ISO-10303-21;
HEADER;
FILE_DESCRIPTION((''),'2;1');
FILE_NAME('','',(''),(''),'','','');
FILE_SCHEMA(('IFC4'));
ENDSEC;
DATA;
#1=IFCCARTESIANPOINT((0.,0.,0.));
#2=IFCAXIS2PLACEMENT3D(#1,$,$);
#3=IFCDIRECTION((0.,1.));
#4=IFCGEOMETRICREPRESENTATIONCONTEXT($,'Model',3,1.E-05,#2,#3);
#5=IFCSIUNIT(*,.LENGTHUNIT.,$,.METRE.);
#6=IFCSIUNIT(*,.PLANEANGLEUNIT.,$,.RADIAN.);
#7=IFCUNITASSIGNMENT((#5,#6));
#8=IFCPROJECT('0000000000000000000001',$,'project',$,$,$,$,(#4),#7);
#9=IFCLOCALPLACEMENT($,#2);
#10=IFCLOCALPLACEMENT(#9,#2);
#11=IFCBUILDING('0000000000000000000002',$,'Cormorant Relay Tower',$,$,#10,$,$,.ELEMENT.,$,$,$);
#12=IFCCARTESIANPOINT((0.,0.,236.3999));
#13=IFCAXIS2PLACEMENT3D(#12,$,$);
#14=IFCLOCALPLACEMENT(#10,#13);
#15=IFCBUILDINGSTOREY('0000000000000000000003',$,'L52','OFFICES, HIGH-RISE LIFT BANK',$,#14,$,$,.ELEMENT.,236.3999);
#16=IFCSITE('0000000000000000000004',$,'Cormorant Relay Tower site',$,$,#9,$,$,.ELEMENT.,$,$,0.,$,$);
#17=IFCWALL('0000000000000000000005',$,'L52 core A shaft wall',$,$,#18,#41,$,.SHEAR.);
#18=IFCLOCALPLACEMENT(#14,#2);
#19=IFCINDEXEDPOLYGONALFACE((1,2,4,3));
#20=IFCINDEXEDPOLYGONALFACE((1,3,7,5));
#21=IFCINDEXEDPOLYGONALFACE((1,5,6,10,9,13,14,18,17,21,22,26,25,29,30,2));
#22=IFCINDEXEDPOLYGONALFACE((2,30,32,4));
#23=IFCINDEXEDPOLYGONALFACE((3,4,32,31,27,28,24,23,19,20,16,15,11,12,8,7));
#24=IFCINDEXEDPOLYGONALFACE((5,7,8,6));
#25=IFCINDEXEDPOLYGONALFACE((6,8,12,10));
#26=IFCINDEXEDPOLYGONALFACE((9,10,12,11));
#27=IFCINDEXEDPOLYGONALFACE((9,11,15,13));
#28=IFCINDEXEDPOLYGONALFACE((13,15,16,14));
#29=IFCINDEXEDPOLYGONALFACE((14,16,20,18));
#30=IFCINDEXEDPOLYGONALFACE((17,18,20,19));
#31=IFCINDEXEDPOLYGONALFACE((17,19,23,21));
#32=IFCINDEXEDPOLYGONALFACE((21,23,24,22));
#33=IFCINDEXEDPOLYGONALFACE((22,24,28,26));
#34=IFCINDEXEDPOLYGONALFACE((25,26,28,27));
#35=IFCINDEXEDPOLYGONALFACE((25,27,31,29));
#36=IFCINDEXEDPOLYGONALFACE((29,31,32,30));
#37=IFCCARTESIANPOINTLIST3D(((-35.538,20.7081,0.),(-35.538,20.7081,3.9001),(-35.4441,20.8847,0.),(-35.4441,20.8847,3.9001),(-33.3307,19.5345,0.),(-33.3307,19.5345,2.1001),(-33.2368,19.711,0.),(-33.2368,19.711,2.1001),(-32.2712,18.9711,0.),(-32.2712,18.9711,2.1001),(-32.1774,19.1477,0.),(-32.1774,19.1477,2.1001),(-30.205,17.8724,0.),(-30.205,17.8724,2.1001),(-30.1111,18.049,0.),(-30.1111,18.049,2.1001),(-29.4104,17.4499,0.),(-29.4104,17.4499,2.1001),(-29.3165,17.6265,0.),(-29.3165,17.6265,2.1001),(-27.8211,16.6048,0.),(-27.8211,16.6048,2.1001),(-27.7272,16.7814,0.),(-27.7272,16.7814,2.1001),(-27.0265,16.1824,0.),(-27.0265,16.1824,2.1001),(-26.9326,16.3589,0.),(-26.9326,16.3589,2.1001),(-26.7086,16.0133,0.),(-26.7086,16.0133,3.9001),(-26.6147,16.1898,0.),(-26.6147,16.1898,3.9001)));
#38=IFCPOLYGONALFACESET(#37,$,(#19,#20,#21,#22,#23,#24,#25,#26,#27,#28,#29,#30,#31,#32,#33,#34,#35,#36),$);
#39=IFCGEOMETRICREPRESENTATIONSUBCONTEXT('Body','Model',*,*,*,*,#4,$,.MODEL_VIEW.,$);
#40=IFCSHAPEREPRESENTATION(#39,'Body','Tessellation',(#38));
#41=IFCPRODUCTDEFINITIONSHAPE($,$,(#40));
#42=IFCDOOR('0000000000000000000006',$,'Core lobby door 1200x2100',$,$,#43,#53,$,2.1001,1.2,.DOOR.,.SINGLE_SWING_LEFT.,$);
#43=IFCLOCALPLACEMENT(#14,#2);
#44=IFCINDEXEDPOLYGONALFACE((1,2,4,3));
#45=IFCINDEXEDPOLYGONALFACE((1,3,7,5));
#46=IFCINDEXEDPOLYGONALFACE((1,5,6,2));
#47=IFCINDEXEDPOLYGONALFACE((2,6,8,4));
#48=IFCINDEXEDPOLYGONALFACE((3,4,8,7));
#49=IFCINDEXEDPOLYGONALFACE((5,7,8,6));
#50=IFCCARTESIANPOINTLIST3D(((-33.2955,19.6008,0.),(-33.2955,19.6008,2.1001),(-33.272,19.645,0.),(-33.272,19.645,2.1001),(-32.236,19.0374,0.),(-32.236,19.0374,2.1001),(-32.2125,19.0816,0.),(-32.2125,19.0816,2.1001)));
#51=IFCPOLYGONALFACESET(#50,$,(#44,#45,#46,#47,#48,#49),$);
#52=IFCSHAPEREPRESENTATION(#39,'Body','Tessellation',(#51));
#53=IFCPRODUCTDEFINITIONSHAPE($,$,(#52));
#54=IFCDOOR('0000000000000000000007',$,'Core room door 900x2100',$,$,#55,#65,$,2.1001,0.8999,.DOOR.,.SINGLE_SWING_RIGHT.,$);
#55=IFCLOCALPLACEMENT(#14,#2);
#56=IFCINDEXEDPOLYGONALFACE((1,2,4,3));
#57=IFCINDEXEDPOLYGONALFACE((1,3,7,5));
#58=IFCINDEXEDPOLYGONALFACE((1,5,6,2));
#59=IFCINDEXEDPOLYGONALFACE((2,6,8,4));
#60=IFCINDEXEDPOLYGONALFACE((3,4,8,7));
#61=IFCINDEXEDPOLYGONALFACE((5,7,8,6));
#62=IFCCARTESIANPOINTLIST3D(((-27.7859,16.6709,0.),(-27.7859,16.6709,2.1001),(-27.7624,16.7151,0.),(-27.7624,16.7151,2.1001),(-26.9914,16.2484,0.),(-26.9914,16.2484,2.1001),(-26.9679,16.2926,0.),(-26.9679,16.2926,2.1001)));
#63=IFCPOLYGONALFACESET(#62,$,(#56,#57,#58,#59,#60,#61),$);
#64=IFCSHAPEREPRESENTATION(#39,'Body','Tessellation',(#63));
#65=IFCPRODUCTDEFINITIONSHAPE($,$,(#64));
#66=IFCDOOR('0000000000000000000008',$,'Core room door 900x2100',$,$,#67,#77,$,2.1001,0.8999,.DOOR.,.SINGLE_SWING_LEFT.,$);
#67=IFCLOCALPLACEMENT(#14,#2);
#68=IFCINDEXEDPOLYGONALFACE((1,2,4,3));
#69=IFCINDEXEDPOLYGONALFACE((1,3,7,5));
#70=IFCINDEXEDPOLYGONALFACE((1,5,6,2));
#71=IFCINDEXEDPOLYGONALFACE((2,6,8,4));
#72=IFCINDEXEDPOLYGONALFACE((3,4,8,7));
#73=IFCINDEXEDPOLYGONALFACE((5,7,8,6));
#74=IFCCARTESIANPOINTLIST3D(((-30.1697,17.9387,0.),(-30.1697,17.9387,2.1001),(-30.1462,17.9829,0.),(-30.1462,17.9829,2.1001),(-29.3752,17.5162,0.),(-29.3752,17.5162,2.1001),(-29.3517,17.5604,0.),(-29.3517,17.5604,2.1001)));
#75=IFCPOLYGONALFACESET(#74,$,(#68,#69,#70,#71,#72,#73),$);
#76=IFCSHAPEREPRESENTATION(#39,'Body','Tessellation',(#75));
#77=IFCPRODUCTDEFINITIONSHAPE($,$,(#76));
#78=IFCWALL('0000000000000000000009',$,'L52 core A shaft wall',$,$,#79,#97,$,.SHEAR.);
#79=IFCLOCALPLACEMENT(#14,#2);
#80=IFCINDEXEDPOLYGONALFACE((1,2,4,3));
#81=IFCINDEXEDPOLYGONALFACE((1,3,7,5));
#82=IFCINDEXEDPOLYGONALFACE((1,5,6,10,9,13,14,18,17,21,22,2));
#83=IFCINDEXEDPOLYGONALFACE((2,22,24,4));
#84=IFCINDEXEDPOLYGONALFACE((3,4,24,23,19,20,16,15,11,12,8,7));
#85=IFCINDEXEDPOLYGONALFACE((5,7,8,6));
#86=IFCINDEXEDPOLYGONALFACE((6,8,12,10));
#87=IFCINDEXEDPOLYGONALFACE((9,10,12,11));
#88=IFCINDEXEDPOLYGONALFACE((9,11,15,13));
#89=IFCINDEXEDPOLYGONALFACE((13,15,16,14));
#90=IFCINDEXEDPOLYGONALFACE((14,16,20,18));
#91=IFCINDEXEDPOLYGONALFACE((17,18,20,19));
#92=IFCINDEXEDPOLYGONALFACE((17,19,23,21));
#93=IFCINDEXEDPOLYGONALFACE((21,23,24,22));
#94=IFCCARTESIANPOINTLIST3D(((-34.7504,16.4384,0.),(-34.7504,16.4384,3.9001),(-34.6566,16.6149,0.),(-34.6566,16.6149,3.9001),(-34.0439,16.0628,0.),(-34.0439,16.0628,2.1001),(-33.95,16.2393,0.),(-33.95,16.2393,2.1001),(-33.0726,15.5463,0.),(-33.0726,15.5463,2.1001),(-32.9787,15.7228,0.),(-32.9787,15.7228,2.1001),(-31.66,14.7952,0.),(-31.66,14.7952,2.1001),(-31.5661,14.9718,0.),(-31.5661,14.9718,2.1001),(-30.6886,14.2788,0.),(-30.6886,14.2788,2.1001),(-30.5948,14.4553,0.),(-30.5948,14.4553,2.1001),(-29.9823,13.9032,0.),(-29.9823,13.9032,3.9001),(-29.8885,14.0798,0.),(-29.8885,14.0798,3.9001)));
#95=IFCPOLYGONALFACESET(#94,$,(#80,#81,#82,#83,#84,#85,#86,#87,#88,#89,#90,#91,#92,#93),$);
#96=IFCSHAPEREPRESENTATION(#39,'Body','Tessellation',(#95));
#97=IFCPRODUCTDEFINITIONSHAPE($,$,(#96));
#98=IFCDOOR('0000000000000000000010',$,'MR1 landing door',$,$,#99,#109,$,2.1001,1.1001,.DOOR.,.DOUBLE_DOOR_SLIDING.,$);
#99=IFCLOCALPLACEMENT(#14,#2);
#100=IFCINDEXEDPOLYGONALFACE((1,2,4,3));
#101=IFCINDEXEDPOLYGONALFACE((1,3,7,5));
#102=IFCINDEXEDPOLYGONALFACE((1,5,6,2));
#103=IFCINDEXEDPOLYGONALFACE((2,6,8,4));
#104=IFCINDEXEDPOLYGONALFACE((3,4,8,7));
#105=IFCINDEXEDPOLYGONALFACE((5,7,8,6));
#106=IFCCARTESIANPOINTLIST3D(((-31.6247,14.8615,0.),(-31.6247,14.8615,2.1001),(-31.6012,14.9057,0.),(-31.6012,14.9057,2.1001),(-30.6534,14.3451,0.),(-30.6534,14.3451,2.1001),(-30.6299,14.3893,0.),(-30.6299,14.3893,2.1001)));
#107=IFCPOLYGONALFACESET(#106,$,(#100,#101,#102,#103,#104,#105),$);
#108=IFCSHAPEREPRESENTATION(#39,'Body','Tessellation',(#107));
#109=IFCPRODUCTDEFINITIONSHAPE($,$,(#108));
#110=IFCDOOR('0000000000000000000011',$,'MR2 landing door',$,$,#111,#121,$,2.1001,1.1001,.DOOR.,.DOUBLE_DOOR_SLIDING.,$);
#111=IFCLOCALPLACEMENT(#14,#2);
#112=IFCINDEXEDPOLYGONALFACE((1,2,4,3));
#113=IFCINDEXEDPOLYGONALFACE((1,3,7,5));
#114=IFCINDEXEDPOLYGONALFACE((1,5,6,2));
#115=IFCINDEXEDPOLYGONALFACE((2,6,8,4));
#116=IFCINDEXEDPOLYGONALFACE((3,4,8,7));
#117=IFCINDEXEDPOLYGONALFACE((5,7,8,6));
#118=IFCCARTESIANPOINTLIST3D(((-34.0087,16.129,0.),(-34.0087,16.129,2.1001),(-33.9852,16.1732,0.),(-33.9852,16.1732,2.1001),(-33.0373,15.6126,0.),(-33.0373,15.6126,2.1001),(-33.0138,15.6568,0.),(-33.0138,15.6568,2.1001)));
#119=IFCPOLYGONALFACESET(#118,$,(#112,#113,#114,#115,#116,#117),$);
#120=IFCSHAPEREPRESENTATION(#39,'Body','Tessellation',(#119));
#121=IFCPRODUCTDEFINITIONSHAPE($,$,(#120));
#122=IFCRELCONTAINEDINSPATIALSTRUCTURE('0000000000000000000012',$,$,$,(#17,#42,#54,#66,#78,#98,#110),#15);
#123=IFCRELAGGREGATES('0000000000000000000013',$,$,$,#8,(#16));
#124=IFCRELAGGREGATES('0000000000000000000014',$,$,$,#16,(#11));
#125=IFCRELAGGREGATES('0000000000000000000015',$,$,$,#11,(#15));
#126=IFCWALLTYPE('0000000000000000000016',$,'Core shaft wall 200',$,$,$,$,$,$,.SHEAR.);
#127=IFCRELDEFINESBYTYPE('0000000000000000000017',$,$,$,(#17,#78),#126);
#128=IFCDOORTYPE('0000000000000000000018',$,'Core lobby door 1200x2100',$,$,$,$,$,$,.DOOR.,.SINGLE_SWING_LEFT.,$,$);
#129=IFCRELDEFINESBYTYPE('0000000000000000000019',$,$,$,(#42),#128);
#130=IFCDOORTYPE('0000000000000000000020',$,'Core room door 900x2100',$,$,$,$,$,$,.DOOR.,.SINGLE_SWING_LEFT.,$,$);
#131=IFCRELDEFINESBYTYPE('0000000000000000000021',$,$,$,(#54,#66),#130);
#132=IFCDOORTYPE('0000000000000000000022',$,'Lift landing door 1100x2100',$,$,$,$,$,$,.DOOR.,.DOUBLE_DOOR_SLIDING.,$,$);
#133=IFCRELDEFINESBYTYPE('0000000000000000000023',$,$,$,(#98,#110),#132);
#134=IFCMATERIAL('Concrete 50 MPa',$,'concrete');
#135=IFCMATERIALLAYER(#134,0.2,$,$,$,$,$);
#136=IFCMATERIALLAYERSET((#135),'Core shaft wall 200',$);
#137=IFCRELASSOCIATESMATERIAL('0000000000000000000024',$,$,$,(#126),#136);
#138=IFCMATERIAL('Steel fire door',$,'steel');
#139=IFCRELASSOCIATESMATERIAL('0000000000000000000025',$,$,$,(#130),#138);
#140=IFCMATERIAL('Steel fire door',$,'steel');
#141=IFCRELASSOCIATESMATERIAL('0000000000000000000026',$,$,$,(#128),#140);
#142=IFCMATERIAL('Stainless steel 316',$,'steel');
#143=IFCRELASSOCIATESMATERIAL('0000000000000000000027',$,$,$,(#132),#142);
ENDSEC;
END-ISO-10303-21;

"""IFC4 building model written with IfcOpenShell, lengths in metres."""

from ifc_helpers import new_model, si_unit, direction, frame, frame_2d, origin, place, context, subcontext, project, spatial, rectangle, extrude, material, layer, layer_set, type_object, element, fill, save


model = new_model("IFC4")

# Units and contexts
model_context = context("Model", 3, precision=1e-05, world=origin(), true_north=direction((0.0, 1.0)))
body_context = subcontext(model_context, "Body", "Model", "MODEL_VIEW")
ifc_project = project(units=[si_unit("LENGTHUNIT", "METRE"), si_unit("PLANEANGLEUNIT", "RADIAN")], contexts=[model_context])

# Site, building, storey
site_placement = place(None, origin())
site = spatial("IfcSite", under=ifc_project, at=site_placement, Name="Cormorant Relay Tower site", CompositionType="ELEMENT", RefElevation=0.0)
building_placement = place(site_placement, origin())
building = spatial("IfcBuilding", under=site, at=building_placement, Name="Cormorant Relay Tower", CompositionType="ELEMENT")
storey_placement = place(building_placement, frame((0.0, 0.0, 236.3999)))
storey = spatial("IfcBuildingStorey", under=building, at=storey_placement, Name="L52", Description="OFFICES, HIGH-RISE LIFT BANK", CompositionType="ELEMENT", Elevation=236.3999)

# Shared definitions
ifc_material_1 = material(Name="Concrete 50 MPa", Category="concrete")
ifc_layer_1 = layer(ifc_material_1, 0.2)
ifc_layer_set_1 = layer_set([ifc_layer_1], Name="Core shaft wall 200")
wall_type_1 = type_object("IfcWallType", Name="Core shaft wall 200", PredefinedType="SHEAR", material=ifc_layer_set_1)
ifc_material_2 = material(Name="Steel fire door", Category="steel")
door_type_1 = type_object("IfcDoorType", Name="Core room door 900x2100", OperationType="SINGLE_SWING_LEFT", PredefinedType="DOOR", material=ifc_material_2)

# Walls, openings, doors
wall_1_placement = place(storey_placement, frame((-26.6616, 16.1016, 0.0), z_axis=(0.0, 0.0, 1.0), x_axis=(-0.88294, 0.469485, 0.0)))
wall_1 = element("IfcWall", 1, at=wall_1_placement, inside=storey, type_object=wall_type_1, Name="L52 core A shaft wall", PredefinedType="SHEAR", context=body_context, shape_type="SweptSolid", body=[
    extrude(rectangle(XDim=10.0, YDim=0.2, at=frame_2d((5.0, 0.0))), origin(), (0.0, 0.0, 1.0), 3.9001),
])
opening_1_placement = place(wall_1_placement, frame((6.3, 0.0, 0.0)))
opening_1 = element("IfcOpeningElement", 2, at=opening_1_placement, cuts=wall_1, PredefinedType="OPENING", context=body_context, shape_type="SweptSolid", body=[
    extrude(rectangle(XDim=1.2, YDim=2.1001, at=frame_2d((0.6001, 1.05))), frame((0.0, 0.1099, 0.0), z_axis=(0.0, -1.0, 0.0), x_axis=(1.0, 0.0, 0.0)), (0.0, 0.0, 1.0), 0.22),
])
opening_2_placement = place(wall_1_placement, frame((0.3601, 0.0, 0.0)))
opening_2 = element("IfcOpeningElement", 3, at=opening_2_placement, cuts=wall_1, PredefinedType="OPENING", context=body_context, shape_type="SweptSolid", body=[
    extrude(rectangle(XDim=0.8999, YDim=2.1001, at=frame_2d((0.45, 1.05))), frame((0.0, 0.1099, 0.0), z_axis=(0.0, -1.0, 0.0), x_axis=(1.0, 0.0, 0.0)), (0.0, 0.0, 1.0), 0.22),
])
opening_3_placement = place(wall_1_placement, frame((3.0601, 0.0, 0.0)))
opening_3 = element("IfcOpeningElement", 4, at=opening_3_placement, cuts=wall_1, PredefinedType="OPENING", context=body_context, shape_type="SweptSolid", body=[
    extrude(rectangle(XDim=0.8999, YDim=2.1001, at=frame_2d((0.45, 1.05))), frame((0.0, 0.1099, 0.0), z_axis=(0.0, -1.0, 0.0), x_axis=(1.0, 0.0, 0.0)), (0.0, 0.0, 1.0), 0.22),
])
ifc_material_3 = material(Name="Steel fire door", Category="steel")
door_type_2 = type_object("IfcDoorType", Name="Core lobby door 1200x2100", OperationType="SINGLE_SWING_LEFT", PredefinedType="DOOR", material=ifc_material_3)
door_1_placement = place(opening_1_placement, origin())
door_1 = element("IfcDoor", 5, at=door_1_placement, inside=storey, type_object=door_type_2, Name="Core lobby door 1200x2100", OperationType="SINGLE_SWING_LEFT", OverallHeight=2.1001, OverallWidth=1.2, PredefinedType="DOOR", context=body_context, shape_type="SweptSolid", body=[
    extrude(rectangle(XDim=1.2, YDim=2.1001, at=frame_2d((0.6001, 1.05))), frame((0.0, 0.0249, 0.0), z_axis=(0.0, -1.0, 0.0), x_axis=(1.0, 0.0, 0.0)), (0.0, 0.0, 1.0), 0.05),
])
fill(opening_1, door_1)
door_2_placement = place(opening_2_placement, frame((0.8999, 0.0, 0.0), z_axis=(0.0, 0.0, 1.0), x_axis=(-1.0, 0.0, 0.0)))
door_2 = element("IfcDoor", 6, at=door_2_placement, inside=storey, type_object=door_type_1, Name="Core room door 900x2100", OperationType="SINGLE_SWING_RIGHT", OverallHeight=2.1001, OverallWidth=0.8999, PredefinedType="DOOR", context=body_context, shape_type="SweptSolid", body=[
    extrude(rectangle(XDim=0.8999, YDim=2.1001, at=frame_2d((0.45, 1.05))), frame((0.0, 0.0249, 0.0), z_axis=(0.0, -1.0, 0.0), x_axis=(1.0, 0.0, 0.0)), (0.0, 0.0, 1.0), 0.05),
])
fill(opening_2, door_2)
door_3_placement = place(opening_3_placement, origin())
door_3 = element("IfcDoor", 7, at=door_3_placement, inside=storey, type_object=door_type_1, Name="Core room door 900x2100", OperationType="SINGLE_SWING_LEFT", OverallHeight=2.1001, OverallWidth=0.8999, PredefinedType="DOOR", context=body_context, shape_type="SweptSolid", body=[
    extrude(rectangle(XDim=0.8999, YDim=2.1001, at=frame_2d((0.45, 1.05))), frame((0.0, 0.0249, 0.0), z_axis=(0.0, -1.0, 0.0), x_axis=(1.0, 0.0, 0.0)), (0.0, 0.0, 1.0), 0.05),
])
fill(opening_3, door_3)
wall_2_placement = place(storey_placement, frame((-29.9353, 13.9915, 0.0), z_axis=(0.0, 0.0, 1.0), x_axis=(-0.882953, 0.469462, 0.0)))
wall_2 = element("IfcWall", 8, at=wall_2_placement, inside=storey, type_object=wall_type_1, Name="L52 core A shaft wall", PredefinedType="SHEAR", context=body_context, shape_type="SweptSolid", body=[
    extrude(rectangle(XDim=5.4001, YDim=0.2, at=frame_2d((2.7002, 0.0))), origin(), (0.0, 0.0, 1.0), 3.9001),
])
opening_4_placement = place(wall_2_placement, frame((0.8, 0.0, 0.0)))
opening_4 = element("IfcOpeningElement", 9, at=opening_4_placement, cuts=wall_2, PredefinedType="OPENING", context=body_context, shape_type="SweptSolid", body=[
    extrude(rectangle(XDim=1.1001, YDim=2.1001, at=frame_2d((0.55, 1.05))), frame((0.0, 0.1099, 0.0), z_axis=(0.0, -1.0, 0.0), x_axis=(1.0, 0.0, 0.0)), (0.0, 0.0, 1.0), 0.22),
])
opening_5_placement = place(wall_2_placement, frame((3.5, 0.0, 0.0)))
opening_5 = element("IfcOpeningElement", 10, at=opening_5_placement, cuts=wall_2, PredefinedType="OPENING", context=body_context, shape_type="SweptSolid", body=[
    extrude(rectangle(XDim=1.1001, YDim=2.1001, at=frame_2d((0.55, 1.05))), frame((0.0, 0.1099, 0.0), z_axis=(0.0, -1.0, 0.0), x_axis=(1.0, 0.0, 0.0)), (0.0, 0.0, 1.0), 0.22),
])
ifc_material_4 = material(Name="Stainless steel 316", Category="steel")
door_type_3 = type_object("IfcDoorType", Name="Lift landing door 1100x2100", OperationType="DOUBLE_DOOR_SLIDING", PredefinedType="DOOR", material=ifc_material_4)
door_4_placement = place(opening_4_placement, origin())
door_4 = element("IfcDoor", 11, at=door_4_placement, inside=storey, type_object=door_type_3, Name="MR1 landing door", OperationType="DOUBLE_DOOR_SLIDING", OverallHeight=2.1001, OverallWidth=1.1001, PredefinedType="DOOR", context=body_context, shape_type="SweptSolid", body=[
    extrude(rectangle(XDim=1.1001, YDim=2.1001, at=frame_2d((0.55, 1.05))), frame((0.0, 0.0249, 0.0), z_axis=(0.0, -1.0, 0.0), x_axis=(1.0, 0.0, 0.0)), (0.0, 0.0, 1.0), 0.05),
])
fill(opening_4, door_4)
door_5_placement = place(opening_5_placement, origin())
door_5 = element("IfcDoor", 12, at=door_5_placement, inside=storey, type_object=door_type_3, Name="MR2 landing door", OperationType="DOUBLE_DOOR_SLIDING", OverallHeight=2.1001, OverallWidth=1.1001, PredefinedType="DOOR", context=body_context, shape_type="SweptSolid", body=[
    extrude(rectangle(XDim=1.1001, YDim=2.1001, at=frame_2d((0.55, 1.05))), frame((0.0, 0.0249, 0.0), z_axis=(0.0, -1.0, 0.0), x_axis=(1.0, 0.0, 0.0)), (0.0, 0.0, 1.0), 0.05),
])
fill(opening_5, door_5)

save(model, "model.ifc")
